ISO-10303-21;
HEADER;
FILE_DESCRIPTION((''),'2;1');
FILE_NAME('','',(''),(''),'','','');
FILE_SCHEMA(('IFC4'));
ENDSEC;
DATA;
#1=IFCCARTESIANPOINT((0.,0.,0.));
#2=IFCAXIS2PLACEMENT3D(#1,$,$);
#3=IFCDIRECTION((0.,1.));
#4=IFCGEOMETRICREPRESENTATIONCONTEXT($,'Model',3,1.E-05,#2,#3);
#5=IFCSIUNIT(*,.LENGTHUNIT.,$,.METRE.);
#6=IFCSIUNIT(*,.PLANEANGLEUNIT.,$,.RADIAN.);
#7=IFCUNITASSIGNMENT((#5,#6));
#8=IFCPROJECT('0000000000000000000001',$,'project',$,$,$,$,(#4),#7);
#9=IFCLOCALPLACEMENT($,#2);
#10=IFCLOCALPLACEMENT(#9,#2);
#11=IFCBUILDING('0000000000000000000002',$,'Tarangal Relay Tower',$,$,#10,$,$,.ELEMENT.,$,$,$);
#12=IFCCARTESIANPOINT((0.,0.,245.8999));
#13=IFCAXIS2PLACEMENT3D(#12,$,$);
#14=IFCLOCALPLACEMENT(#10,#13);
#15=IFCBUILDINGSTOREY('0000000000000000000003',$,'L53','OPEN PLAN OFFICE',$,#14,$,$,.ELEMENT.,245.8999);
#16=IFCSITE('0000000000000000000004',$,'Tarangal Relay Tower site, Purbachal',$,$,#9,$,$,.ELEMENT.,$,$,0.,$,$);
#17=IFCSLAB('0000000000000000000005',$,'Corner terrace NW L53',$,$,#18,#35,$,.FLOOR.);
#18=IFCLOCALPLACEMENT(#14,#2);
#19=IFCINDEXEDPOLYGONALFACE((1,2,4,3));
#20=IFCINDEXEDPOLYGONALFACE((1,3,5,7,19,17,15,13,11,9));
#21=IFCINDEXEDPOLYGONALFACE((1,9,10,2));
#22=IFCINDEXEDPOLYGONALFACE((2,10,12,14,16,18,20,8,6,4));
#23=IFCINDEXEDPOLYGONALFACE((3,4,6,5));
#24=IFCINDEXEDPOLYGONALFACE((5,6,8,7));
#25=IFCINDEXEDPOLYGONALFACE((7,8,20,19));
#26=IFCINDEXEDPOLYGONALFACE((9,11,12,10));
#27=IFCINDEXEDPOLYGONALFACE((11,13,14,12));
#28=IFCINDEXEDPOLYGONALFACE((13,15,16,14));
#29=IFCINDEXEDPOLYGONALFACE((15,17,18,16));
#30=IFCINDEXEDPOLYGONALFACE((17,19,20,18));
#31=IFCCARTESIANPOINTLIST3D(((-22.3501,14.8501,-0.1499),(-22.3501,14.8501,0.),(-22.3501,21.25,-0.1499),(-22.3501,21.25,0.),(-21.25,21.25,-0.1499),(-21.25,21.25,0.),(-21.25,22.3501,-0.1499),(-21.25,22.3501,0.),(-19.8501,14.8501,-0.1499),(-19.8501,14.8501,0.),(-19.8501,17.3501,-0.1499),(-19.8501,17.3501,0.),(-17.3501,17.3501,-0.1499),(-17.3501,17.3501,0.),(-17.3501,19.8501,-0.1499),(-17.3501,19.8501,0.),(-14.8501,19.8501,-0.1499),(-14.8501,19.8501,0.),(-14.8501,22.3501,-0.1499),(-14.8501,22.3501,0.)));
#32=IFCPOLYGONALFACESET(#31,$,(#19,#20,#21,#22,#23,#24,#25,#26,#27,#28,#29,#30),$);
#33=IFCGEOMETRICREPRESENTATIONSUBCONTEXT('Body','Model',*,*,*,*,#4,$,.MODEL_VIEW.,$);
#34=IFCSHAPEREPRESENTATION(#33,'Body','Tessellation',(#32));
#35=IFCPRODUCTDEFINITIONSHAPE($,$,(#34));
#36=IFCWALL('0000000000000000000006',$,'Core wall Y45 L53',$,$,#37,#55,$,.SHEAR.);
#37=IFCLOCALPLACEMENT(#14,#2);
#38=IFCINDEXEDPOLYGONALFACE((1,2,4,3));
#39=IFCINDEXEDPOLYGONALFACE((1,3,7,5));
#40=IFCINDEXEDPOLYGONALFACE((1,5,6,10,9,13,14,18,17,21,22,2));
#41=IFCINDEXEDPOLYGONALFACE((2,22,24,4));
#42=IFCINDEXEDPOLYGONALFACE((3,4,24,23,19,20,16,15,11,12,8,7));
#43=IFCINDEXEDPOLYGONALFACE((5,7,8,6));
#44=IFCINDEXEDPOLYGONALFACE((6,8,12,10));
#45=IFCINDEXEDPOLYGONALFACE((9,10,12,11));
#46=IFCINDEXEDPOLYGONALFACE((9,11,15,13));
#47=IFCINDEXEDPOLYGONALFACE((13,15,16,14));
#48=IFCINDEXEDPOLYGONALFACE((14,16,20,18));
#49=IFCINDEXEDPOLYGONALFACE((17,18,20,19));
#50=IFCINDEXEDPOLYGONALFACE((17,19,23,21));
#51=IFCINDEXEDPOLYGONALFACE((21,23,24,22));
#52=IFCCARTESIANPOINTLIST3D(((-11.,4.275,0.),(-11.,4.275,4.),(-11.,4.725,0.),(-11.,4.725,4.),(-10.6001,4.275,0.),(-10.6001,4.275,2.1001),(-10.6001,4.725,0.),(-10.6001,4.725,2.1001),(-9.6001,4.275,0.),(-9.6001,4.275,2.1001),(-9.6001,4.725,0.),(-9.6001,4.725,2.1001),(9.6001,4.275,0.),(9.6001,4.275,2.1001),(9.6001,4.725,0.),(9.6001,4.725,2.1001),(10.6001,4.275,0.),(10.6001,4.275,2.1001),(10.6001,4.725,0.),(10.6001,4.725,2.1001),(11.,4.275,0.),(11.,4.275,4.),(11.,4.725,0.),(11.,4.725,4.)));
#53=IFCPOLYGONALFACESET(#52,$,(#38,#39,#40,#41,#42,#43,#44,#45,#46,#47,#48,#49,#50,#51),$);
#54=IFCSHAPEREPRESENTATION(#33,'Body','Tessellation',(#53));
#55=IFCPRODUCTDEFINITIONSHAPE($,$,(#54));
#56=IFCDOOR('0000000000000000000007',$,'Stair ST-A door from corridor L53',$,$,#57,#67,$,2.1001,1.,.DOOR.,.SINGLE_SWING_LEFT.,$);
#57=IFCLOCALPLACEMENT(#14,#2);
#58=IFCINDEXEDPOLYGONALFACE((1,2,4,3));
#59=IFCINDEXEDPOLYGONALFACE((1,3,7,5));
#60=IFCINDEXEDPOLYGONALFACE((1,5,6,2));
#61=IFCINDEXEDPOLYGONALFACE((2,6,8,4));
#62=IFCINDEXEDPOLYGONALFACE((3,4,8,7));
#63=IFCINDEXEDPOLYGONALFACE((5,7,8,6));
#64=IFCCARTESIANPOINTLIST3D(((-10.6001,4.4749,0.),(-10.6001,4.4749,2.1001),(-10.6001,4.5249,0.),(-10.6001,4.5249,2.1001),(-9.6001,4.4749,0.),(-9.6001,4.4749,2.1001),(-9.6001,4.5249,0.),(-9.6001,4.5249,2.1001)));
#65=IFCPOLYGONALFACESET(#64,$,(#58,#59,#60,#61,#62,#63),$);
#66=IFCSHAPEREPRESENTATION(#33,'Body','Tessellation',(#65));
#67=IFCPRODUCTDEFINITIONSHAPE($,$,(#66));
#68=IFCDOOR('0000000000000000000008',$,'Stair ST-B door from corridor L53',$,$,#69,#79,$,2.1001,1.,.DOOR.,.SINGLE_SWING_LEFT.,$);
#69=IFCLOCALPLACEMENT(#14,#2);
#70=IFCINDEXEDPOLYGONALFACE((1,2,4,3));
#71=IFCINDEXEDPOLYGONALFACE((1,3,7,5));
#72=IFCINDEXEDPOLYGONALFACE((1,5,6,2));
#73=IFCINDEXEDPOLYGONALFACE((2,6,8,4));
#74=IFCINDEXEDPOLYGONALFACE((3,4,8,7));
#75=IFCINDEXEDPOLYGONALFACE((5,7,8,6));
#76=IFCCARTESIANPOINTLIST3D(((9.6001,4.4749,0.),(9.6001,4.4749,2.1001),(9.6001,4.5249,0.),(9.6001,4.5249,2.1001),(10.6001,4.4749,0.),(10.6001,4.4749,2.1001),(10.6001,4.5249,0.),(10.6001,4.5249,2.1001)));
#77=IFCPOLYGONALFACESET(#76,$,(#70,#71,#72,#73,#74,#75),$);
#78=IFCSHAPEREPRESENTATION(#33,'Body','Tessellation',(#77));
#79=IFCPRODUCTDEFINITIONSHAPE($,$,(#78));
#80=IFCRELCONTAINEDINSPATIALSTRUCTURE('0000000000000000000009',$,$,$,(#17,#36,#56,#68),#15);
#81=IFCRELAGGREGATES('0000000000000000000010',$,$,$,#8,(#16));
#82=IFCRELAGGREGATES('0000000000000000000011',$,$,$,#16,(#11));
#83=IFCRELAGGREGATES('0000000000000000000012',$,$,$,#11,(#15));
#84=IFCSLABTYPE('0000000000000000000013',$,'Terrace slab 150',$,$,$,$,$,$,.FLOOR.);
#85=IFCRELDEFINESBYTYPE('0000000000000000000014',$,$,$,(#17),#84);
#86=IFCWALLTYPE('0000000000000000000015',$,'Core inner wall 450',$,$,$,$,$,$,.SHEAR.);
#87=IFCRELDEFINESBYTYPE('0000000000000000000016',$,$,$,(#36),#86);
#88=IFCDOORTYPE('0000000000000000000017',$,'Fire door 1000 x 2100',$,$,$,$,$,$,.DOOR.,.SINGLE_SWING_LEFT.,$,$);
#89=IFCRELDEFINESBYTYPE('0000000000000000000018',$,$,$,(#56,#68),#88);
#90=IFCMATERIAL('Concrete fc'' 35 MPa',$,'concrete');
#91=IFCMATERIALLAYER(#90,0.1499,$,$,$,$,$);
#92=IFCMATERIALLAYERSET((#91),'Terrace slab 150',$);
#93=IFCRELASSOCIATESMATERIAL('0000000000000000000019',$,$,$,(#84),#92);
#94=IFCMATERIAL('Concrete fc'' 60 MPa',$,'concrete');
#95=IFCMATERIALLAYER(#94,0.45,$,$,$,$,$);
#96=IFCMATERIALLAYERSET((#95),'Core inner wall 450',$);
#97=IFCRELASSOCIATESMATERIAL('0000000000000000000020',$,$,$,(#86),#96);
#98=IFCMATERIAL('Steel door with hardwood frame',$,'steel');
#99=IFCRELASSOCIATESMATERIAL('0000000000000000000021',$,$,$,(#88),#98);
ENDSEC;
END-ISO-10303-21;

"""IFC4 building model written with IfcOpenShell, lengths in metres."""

from ifc_helpers import new_model, si_unit, direction, frame, frame_2d, origin, place, context, subcontext, project, spatial, polyline, rectangle, outline, extrude, material, layer, layer_set, type_object, element, fill, save


model = new_model("IFC4")

# Units and contexts
model_context = context("Model", 3, precision=1e-05, world=origin(), true_north=direction((0.0, 1.0)))
body_context = subcontext(model_context, "Body", "Model", "MODEL_VIEW")
ifc_project = project(units=[si_unit("LENGTHUNIT", "METRE"), si_unit("PLANEANGLEUNIT", "RADIAN")], contexts=[model_context])

# Site, building, storey
site_placement = place(None, origin())
site = spatial("IfcSite", under=ifc_project, at=site_placement, Name="Tarangal Relay Tower site, Purbachal", CompositionType="ELEMENT", RefElevation=0.0)
building_placement = place(site_placement, origin())
building = spatial("IfcBuilding", under=site, at=building_placement, Name="Tarangal Relay Tower", CompositionType="ELEMENT")
storey_placement = place(building_placement, frame((0.0, 0.0, 245.8999)))
storey = spatial("IfcBuildingStorey", under=building, at=storey_placement, Name="L53", Description="OPEN PLAN OFFICE", CompositionType="ELEMENT", Elevation=245.8999)

# Slab
ifc_material_1 = material(Name="Concrete fc' 35 MPa", Category="concrete")
ifc_layer_1 = layer(ifc_material_1, 0.1499)
ifc_layer_set_1 = layer_set([ifc_layer_1], Name="Terrace slab 150")
slab_type_1 = type_object("IfcSlabType", Name="Terrace slab 150", PredefinedType="FLOOR", material=ifc_layer_set_1)
slab_1_placement = place(storey_placement, frame((0.0, 0.0, -0.1499)))
element("IfcSlab", 1, at=slab_1_placement, inside=storey, type_object=slab_type_1, Name="Corner terrace NW L53", PredefinedType="FLOOR", context=body_context, shape_type="SweptSolid", body=[
    extrude(outline(polyline([(-22.3501, 14.8501), (-19.8501, 14.8501), (-19.8501, 17.3501), (-17.3501, 17.3501), (-17.3501, 19.8501), (-14.8501, 19.8501), (-14.8501, 22.3501), (-21.25, 22.3501), (-21.25, 21.25), (-22.3501, 21.25), (-22.3501, 14.8501)])), origin(), (0.0, 0.0, 1.0), 0.1499),
])

# Wall, openings, doors
ifc_material_2 = material(Name="Concrete fc' 60 MPa", Category="concrete")
ifc_layer_2 = layer(ifc_material_2, 0.45)
ifc_layer_set_2 = layer_set([ifc_layer_2], Name="Core inner wall 450")
wall_type = type_object("IfcWallType", Name="Core inner wall 450", PredefinedType="SHEAR", material=ifc_layer_set_2)
wall_1_placement = place(storey_placement, frame((-11.0, 4.5, 0.0), z_axis=(0.0, 0.0, 1.0), x_axis=(1.0, 0.0, 0.0)))
wall_1 = element("IfcWall", 2, at=wall_1_placement, inside=storey, type_object=wall_type, Name="Core wall Y45 L53", PredefinedType="SHEAR", context=body_context, shape_type="SweptSolid", body=[
    extrude(rectangle(XDim=22.0, YDim=0.45, at=frame_2d((11.0, 0.0))), origin(), (0.0, 0.0, 1.0), 4.0),
])
opening_1_placement = place(wall_1_placement, frame((0.3999, 0.0, 0.0)))
opening_1 = element("IfcOpeningElement", 3, at=opening_1_placement, cuts=wall_1, PredefinedType="OPENING", context=body_context, shape_type="SweptSolid", body=[
    extrude(rectangle(XDim=1.0, YDim=2.1001, at=frame_2d((0.5, 1.05))), frame((0.0, 0.2349, 0.0), z_axis=(0.0, -1.0, 0.0), x_axis=(1.0, 0.0, 0.0)), (0.0, 0.0, 1.0), 0.47),
])
opening_2_placement = place(wall_1_placement, frame((20.6001, 0.0, 0.0)))
opening_2 = element("IfcOpeningElement", 4, at=opening_2_placement, cuts=wall_1, PredefinedType="OPENING", context=body_context, shape_type="SweptSolid", body=[
    extrude(rectangle(XDim=1.0, YDim=2.1001, at=frame_2d((0.5, 1.05))), frame((0.0, 0.2349, 0.0), z_axis=(0.0, -1.0, 0.0), x_axis=(1.0, 0.0, 0.0)), (0.0, 0.0, 1.0), 0.47),
])
ifc_material_3 = material(Name="Steel door with hardwood frame", Category="steel")
door_type_1 = type_object("IfcDoorType", Name="Fire door 1000 x 2100", OperationType="SINGLE_SWING_LEFT", PredefinedType="DOOR", material=ifc_material_3)
door_1_placement = place(opening_1_placement, origin())
door_1 = element("IfcDoor", 5, at=door_1_placement, inside=storey, type_object=door_type_1, Name="Stair ST-A door from corridor L53", OperationType="SINGLE_SWING_LEFT", OverallHeight=2.1001, OverallWidth=1.0, PredefinedType="DOOR", context=body_context, shape_type="SweptSolid", body=[
    extrude(rectangle(XDim=1.0, YDim=2.1001, at=frame_2d((0.5, 1.05))), frame((0.0, 0.0249, 0.0), z_axis=(0.0, -1.0, 0.0), x_axis=(1.0, 0.0, 0.0)), (0.0, 0.0, 1.0), 0.05),
])
fill(opening_1, door_1)
door_2_placement = place(opening_2_placement, origin())
door_2 = element("IfcDoor", 6, at=door_2_placement, inside=storey, type_object=door_type_1, Name="Stair ST-B door from corridor L53", OperationType="SINGLE_SWING_LEFT", OverallHeight=2.1001, OverallWidth=1.0, PredefinedType="DOOR", context=body_context, shape_type="SweptSolid", body=[
    extrude(rectangle(XDim=1.0, YDim=2.1001, at=frame_2d((0.5, 1.05))), frame((0.0, 0.0249, 0.0), z_axis=(0.0, -1.0, 0.0), x_axis=(1.0, 0.0, 0.0)), (0.0, 0.0, 1.0), 0.05),
])
fill(opening_2, door_2)

save(model, "model.ifc")
